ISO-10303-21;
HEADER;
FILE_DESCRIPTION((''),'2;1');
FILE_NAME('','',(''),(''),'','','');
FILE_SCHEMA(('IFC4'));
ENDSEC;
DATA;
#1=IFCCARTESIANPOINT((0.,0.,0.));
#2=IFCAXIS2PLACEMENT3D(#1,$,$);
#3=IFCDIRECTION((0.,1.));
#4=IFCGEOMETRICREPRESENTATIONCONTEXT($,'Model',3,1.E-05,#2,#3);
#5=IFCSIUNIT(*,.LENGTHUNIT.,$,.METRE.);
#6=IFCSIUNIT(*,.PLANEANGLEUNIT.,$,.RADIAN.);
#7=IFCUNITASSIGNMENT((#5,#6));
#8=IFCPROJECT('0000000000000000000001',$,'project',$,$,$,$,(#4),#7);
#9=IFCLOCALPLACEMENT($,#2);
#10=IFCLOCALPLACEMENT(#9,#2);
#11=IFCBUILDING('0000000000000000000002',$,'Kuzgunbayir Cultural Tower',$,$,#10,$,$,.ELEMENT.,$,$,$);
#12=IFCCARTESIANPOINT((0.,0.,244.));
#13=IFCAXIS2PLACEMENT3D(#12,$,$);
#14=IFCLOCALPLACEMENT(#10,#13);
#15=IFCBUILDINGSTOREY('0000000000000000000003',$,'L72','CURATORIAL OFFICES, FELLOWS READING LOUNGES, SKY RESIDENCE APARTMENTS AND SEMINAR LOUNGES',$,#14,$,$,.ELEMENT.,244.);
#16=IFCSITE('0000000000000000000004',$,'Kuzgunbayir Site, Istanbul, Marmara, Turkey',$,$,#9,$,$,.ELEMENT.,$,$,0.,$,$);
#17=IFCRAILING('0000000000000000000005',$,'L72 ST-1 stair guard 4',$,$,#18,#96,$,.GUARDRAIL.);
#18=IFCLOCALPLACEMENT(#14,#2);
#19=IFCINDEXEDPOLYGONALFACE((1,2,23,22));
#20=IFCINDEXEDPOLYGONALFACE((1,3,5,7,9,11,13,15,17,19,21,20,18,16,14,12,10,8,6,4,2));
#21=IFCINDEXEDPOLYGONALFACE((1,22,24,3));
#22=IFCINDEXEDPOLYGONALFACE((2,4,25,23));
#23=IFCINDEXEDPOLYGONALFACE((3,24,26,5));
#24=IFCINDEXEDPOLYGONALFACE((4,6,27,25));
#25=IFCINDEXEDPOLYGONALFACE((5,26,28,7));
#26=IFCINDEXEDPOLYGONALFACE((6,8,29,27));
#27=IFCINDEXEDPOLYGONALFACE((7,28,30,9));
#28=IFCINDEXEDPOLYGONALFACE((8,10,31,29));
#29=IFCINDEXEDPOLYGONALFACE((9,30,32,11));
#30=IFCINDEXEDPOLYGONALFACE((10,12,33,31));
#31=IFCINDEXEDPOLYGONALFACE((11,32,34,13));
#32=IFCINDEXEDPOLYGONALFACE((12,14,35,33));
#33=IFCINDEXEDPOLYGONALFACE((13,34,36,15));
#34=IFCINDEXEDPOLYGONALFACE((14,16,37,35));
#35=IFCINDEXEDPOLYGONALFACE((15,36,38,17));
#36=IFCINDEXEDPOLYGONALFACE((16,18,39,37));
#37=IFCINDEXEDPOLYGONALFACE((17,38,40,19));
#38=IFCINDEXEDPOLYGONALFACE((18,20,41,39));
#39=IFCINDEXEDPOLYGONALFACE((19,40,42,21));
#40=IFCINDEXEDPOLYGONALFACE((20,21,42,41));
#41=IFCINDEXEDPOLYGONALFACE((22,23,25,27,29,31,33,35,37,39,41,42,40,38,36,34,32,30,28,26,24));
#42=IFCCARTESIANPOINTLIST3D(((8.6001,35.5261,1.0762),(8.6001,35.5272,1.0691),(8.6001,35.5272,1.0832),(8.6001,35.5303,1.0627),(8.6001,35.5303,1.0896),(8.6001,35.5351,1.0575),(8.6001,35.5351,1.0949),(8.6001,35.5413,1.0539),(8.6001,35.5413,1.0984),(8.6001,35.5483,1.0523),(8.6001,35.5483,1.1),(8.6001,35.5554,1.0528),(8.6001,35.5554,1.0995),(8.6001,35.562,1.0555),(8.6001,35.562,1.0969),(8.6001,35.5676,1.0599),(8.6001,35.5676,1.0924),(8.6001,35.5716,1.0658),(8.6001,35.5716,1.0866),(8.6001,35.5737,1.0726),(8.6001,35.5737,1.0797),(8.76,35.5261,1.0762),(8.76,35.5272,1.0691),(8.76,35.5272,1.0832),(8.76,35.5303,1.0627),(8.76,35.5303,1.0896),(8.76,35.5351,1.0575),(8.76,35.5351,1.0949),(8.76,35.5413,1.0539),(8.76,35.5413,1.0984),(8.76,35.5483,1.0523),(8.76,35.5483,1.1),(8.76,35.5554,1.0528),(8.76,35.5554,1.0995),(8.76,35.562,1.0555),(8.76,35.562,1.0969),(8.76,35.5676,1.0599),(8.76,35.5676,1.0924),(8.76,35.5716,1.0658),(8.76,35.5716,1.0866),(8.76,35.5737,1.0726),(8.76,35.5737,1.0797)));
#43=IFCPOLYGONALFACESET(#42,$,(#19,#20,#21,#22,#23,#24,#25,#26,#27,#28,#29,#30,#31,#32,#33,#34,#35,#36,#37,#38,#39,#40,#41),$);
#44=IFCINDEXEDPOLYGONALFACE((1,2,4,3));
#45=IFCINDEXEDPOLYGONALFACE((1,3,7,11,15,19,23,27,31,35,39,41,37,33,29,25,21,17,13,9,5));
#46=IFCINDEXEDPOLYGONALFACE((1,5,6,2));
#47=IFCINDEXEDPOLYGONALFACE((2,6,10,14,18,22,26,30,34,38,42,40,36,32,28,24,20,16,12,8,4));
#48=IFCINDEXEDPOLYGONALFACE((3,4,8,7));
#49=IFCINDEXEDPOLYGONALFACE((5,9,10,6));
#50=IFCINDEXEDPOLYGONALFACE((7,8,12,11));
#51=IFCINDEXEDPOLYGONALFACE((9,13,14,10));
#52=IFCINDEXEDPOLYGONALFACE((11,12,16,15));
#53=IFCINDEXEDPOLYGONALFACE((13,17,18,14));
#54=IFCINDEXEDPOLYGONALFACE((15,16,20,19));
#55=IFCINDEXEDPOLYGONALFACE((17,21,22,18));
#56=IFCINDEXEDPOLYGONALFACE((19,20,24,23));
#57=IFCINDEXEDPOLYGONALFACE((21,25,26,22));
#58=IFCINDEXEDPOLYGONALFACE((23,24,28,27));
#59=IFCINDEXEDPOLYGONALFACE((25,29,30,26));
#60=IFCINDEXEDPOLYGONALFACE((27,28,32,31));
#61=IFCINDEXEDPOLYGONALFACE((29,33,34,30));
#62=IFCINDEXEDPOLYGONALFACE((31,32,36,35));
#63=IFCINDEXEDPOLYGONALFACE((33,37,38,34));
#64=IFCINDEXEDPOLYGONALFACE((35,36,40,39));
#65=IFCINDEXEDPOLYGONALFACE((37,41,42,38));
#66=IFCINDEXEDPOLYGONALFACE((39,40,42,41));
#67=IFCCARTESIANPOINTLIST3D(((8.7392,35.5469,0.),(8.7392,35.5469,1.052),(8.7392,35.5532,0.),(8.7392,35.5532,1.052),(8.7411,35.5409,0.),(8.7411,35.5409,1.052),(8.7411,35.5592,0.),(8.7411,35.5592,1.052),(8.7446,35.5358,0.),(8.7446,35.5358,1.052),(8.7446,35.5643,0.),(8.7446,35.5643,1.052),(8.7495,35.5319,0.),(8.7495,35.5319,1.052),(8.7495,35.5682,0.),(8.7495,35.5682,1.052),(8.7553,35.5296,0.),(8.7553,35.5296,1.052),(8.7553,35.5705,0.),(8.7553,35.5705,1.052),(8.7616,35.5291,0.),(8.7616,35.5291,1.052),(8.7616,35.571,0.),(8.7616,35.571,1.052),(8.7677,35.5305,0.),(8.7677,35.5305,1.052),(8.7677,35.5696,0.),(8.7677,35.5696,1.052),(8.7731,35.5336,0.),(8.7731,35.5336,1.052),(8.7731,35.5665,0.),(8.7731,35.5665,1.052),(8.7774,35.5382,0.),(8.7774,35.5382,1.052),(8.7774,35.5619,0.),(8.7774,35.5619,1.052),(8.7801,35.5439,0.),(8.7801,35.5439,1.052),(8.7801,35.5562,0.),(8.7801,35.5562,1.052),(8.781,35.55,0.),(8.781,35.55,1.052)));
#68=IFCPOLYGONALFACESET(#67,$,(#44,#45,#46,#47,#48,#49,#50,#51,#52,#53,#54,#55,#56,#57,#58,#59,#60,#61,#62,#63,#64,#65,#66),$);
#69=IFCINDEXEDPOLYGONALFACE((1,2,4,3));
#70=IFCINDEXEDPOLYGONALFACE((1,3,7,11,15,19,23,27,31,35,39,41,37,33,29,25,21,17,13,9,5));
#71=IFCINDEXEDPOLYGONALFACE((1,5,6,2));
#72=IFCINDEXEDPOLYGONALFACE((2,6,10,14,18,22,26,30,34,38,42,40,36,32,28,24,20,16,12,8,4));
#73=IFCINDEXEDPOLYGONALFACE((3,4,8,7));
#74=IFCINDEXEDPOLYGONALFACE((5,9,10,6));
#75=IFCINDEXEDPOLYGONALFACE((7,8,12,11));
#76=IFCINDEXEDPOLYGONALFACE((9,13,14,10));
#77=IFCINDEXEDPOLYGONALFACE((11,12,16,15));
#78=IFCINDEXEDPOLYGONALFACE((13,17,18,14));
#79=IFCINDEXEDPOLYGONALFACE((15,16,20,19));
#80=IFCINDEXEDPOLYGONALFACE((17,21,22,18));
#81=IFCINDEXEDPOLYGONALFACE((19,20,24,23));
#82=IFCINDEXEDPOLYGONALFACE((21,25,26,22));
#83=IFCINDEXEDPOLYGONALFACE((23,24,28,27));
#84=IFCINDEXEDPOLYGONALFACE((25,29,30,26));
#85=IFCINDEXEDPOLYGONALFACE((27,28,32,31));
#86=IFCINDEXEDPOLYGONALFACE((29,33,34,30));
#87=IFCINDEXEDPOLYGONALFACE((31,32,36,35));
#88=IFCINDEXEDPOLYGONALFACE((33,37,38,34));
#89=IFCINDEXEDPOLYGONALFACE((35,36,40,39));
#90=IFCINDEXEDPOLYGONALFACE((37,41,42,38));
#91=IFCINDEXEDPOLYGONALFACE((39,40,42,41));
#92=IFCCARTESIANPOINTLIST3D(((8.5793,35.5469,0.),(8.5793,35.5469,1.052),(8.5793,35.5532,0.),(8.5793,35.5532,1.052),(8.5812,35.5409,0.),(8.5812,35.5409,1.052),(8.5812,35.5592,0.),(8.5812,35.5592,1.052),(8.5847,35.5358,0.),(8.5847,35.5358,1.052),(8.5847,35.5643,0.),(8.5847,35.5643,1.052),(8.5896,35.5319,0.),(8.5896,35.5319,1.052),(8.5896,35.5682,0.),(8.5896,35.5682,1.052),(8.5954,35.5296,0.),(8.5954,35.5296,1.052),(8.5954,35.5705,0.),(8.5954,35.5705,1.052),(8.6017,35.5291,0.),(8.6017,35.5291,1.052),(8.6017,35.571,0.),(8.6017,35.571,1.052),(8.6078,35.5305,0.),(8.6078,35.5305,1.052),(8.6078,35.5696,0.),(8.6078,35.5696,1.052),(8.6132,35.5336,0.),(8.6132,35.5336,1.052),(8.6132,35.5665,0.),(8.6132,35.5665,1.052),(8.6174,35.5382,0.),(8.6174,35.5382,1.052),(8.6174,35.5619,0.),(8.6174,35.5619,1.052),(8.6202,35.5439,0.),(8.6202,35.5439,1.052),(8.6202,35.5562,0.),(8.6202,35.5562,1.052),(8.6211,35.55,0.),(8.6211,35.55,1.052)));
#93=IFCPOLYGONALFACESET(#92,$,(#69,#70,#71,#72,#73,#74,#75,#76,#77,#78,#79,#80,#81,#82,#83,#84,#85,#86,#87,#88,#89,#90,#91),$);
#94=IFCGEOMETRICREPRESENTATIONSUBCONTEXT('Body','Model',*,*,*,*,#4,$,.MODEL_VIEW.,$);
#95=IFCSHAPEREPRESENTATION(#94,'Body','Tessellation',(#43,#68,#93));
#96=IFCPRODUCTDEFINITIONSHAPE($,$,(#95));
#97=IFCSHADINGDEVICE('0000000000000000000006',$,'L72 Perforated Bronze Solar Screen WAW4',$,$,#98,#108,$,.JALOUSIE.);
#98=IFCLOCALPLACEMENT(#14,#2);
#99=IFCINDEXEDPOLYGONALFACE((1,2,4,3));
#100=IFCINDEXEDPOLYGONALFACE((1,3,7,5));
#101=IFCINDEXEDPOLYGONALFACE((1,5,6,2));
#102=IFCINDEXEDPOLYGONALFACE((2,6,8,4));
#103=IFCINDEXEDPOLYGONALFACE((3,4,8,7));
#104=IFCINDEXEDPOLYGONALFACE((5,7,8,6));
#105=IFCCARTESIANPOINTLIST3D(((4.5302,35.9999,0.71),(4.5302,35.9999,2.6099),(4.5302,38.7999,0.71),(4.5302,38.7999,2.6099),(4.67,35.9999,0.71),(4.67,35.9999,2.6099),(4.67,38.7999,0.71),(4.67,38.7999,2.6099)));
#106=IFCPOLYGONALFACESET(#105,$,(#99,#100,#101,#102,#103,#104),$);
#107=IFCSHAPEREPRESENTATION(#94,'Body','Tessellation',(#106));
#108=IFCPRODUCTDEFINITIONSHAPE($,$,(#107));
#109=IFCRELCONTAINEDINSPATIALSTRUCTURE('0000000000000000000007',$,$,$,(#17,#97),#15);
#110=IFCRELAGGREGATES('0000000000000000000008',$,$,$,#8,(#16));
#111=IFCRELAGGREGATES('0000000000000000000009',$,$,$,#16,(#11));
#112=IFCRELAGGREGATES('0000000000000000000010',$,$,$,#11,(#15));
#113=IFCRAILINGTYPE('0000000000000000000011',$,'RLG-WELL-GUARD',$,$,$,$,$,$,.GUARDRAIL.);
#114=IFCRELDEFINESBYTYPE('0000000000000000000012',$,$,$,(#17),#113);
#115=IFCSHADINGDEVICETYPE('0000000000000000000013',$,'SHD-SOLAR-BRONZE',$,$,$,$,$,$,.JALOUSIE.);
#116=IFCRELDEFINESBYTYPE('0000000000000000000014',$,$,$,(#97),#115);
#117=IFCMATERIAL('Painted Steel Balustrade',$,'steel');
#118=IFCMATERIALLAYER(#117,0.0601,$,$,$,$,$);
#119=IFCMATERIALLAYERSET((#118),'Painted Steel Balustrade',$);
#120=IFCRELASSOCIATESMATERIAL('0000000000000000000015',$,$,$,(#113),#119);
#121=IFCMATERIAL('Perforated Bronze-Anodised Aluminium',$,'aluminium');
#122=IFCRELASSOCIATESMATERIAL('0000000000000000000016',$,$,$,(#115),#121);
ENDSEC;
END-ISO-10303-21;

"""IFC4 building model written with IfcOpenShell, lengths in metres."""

from ifc_helpers import new_model, si_unit, direction, frame, origin, origin_2d, place, context, subcontext, project, spatial, rectangle, circle, extrude, material, layer, layer_set, type_object, element, save


model = new_model("IFC4")

# Units and contexts
model_context = context("Model", 3, precision=1e-05, world=origin(), true_north=direction((0.0, 1.0)))
body_context = subcontext(model_context, "Body", "Model", "MODEL_VIEW")
ifc_project = project(units=[si_unit("LENGTHUNIT", "METRE"), si_unit("PLANEANGLEUNIT", "RADIAN")], contexts=[model_context])

# Site, building, storey
site_placement = place(None, origin())
site = spatial("IfcSite", under=ifc_project, at=site_placement, Name="Kuzgunbayir Site, Istanbul, Marmara, Turkey", CompositionType="ELEMENT", RefElevation=0.0)
building_placement = place(site_placement, origin())
building = spatial("IfcBuilding", under=site, at=building_placement, Name="Kuzgunbayir Cultural Tower", CompositionType="ELEMENT")
storey_placement = place(building_placement, frame((0.0, 0.0, 244.0)))
storey = spatial("IfcBuildingStorey", under=building, at=storey_placement, Name="L72", Description="CURATORIAL OFFICES, FELLOWS READING LOUNGES, SKY RESIDENCE APARTMENTS AND SEMINAR LOUNGES", CompositionType="ELEMENT", Elevation=244.0)

# Railing
ifc_material_1 = material(Name="Painted Steel Balustrade", Category="steel")
ifc_layer_1 = layer(ifc_material_1, 0.0601)
ifc_layer_set_1 = layer_set([ifc_layer_1], Name="Painted Steel Balustrade")
railing_type_1 = type_object("IfcRailingType", Name="RLG-WELL-GUARD", PredefinedType="GUARDRAIL", material=ifc_layer_set_1)
railing_1_placement = place(storey_placement, frame((8.76, 35.55, 0.0)))
element("IfcRailing", 1, at=railing_1_placement, inside=storey, type_object=railing_type_1, Name="L72 ST-1 stair guard 4", PredefinedType="GUARDRAIL", context=body_context, shape_type="SweptSolid", body=[
    extrude(circle(Radius=0.0239, at=origin_2d()), frame((0.0, 0.0, 1.0762), z_axis=(-1.0, 0.0, 0.0), x_axis=(0.0, -1.0, 0.0)), (0.0, 0.0, 1.0), 0.1599),
    extrude(circle(Radius=0.021, at=origin_2d()), origin(), (0.0, 0.0, 1.0), 1.052),
    extrude(circle(Radius=0.021, at=origin_2d()), frame((-0.1599, 0.0, 0.0)), (0.0, 0.0, 1.0), 1.052),
])

# Shading device
ifc_material_2 = material(Name="Perforated Bronze-Anodised Aluminium", Category="aluminium")
shading_device_type = type_object("IfcShadingDeviceType", Name="SHD-SOLAR-BRONZE", PredefinedType="JALOUSIE", material=ifc_material_2)
shading_device_placement = place(storey_placement, frame((4.6001, 37.3999, 0.71), z_axis=(0.0, 0.0, 1.0), x_axis=(1.0, 0.0, 0.0)))
element("IfcShadingDevice", 2, at=shading_device_placement, inside=storey, type_object=shading_device_type, Name="L72 Perforated Bronze Solar Screen WAW4", PredefinedType="JALOUSIE", context=body_context, shape_type="SweptSolid", body=[
    extrude(rectangle(XDim=0.1399, YDim=2.8, at=origin_2d()), origin(), (0.0, 0.0, 1.0), 1.8999),
])

save(model, "model.ifc")
